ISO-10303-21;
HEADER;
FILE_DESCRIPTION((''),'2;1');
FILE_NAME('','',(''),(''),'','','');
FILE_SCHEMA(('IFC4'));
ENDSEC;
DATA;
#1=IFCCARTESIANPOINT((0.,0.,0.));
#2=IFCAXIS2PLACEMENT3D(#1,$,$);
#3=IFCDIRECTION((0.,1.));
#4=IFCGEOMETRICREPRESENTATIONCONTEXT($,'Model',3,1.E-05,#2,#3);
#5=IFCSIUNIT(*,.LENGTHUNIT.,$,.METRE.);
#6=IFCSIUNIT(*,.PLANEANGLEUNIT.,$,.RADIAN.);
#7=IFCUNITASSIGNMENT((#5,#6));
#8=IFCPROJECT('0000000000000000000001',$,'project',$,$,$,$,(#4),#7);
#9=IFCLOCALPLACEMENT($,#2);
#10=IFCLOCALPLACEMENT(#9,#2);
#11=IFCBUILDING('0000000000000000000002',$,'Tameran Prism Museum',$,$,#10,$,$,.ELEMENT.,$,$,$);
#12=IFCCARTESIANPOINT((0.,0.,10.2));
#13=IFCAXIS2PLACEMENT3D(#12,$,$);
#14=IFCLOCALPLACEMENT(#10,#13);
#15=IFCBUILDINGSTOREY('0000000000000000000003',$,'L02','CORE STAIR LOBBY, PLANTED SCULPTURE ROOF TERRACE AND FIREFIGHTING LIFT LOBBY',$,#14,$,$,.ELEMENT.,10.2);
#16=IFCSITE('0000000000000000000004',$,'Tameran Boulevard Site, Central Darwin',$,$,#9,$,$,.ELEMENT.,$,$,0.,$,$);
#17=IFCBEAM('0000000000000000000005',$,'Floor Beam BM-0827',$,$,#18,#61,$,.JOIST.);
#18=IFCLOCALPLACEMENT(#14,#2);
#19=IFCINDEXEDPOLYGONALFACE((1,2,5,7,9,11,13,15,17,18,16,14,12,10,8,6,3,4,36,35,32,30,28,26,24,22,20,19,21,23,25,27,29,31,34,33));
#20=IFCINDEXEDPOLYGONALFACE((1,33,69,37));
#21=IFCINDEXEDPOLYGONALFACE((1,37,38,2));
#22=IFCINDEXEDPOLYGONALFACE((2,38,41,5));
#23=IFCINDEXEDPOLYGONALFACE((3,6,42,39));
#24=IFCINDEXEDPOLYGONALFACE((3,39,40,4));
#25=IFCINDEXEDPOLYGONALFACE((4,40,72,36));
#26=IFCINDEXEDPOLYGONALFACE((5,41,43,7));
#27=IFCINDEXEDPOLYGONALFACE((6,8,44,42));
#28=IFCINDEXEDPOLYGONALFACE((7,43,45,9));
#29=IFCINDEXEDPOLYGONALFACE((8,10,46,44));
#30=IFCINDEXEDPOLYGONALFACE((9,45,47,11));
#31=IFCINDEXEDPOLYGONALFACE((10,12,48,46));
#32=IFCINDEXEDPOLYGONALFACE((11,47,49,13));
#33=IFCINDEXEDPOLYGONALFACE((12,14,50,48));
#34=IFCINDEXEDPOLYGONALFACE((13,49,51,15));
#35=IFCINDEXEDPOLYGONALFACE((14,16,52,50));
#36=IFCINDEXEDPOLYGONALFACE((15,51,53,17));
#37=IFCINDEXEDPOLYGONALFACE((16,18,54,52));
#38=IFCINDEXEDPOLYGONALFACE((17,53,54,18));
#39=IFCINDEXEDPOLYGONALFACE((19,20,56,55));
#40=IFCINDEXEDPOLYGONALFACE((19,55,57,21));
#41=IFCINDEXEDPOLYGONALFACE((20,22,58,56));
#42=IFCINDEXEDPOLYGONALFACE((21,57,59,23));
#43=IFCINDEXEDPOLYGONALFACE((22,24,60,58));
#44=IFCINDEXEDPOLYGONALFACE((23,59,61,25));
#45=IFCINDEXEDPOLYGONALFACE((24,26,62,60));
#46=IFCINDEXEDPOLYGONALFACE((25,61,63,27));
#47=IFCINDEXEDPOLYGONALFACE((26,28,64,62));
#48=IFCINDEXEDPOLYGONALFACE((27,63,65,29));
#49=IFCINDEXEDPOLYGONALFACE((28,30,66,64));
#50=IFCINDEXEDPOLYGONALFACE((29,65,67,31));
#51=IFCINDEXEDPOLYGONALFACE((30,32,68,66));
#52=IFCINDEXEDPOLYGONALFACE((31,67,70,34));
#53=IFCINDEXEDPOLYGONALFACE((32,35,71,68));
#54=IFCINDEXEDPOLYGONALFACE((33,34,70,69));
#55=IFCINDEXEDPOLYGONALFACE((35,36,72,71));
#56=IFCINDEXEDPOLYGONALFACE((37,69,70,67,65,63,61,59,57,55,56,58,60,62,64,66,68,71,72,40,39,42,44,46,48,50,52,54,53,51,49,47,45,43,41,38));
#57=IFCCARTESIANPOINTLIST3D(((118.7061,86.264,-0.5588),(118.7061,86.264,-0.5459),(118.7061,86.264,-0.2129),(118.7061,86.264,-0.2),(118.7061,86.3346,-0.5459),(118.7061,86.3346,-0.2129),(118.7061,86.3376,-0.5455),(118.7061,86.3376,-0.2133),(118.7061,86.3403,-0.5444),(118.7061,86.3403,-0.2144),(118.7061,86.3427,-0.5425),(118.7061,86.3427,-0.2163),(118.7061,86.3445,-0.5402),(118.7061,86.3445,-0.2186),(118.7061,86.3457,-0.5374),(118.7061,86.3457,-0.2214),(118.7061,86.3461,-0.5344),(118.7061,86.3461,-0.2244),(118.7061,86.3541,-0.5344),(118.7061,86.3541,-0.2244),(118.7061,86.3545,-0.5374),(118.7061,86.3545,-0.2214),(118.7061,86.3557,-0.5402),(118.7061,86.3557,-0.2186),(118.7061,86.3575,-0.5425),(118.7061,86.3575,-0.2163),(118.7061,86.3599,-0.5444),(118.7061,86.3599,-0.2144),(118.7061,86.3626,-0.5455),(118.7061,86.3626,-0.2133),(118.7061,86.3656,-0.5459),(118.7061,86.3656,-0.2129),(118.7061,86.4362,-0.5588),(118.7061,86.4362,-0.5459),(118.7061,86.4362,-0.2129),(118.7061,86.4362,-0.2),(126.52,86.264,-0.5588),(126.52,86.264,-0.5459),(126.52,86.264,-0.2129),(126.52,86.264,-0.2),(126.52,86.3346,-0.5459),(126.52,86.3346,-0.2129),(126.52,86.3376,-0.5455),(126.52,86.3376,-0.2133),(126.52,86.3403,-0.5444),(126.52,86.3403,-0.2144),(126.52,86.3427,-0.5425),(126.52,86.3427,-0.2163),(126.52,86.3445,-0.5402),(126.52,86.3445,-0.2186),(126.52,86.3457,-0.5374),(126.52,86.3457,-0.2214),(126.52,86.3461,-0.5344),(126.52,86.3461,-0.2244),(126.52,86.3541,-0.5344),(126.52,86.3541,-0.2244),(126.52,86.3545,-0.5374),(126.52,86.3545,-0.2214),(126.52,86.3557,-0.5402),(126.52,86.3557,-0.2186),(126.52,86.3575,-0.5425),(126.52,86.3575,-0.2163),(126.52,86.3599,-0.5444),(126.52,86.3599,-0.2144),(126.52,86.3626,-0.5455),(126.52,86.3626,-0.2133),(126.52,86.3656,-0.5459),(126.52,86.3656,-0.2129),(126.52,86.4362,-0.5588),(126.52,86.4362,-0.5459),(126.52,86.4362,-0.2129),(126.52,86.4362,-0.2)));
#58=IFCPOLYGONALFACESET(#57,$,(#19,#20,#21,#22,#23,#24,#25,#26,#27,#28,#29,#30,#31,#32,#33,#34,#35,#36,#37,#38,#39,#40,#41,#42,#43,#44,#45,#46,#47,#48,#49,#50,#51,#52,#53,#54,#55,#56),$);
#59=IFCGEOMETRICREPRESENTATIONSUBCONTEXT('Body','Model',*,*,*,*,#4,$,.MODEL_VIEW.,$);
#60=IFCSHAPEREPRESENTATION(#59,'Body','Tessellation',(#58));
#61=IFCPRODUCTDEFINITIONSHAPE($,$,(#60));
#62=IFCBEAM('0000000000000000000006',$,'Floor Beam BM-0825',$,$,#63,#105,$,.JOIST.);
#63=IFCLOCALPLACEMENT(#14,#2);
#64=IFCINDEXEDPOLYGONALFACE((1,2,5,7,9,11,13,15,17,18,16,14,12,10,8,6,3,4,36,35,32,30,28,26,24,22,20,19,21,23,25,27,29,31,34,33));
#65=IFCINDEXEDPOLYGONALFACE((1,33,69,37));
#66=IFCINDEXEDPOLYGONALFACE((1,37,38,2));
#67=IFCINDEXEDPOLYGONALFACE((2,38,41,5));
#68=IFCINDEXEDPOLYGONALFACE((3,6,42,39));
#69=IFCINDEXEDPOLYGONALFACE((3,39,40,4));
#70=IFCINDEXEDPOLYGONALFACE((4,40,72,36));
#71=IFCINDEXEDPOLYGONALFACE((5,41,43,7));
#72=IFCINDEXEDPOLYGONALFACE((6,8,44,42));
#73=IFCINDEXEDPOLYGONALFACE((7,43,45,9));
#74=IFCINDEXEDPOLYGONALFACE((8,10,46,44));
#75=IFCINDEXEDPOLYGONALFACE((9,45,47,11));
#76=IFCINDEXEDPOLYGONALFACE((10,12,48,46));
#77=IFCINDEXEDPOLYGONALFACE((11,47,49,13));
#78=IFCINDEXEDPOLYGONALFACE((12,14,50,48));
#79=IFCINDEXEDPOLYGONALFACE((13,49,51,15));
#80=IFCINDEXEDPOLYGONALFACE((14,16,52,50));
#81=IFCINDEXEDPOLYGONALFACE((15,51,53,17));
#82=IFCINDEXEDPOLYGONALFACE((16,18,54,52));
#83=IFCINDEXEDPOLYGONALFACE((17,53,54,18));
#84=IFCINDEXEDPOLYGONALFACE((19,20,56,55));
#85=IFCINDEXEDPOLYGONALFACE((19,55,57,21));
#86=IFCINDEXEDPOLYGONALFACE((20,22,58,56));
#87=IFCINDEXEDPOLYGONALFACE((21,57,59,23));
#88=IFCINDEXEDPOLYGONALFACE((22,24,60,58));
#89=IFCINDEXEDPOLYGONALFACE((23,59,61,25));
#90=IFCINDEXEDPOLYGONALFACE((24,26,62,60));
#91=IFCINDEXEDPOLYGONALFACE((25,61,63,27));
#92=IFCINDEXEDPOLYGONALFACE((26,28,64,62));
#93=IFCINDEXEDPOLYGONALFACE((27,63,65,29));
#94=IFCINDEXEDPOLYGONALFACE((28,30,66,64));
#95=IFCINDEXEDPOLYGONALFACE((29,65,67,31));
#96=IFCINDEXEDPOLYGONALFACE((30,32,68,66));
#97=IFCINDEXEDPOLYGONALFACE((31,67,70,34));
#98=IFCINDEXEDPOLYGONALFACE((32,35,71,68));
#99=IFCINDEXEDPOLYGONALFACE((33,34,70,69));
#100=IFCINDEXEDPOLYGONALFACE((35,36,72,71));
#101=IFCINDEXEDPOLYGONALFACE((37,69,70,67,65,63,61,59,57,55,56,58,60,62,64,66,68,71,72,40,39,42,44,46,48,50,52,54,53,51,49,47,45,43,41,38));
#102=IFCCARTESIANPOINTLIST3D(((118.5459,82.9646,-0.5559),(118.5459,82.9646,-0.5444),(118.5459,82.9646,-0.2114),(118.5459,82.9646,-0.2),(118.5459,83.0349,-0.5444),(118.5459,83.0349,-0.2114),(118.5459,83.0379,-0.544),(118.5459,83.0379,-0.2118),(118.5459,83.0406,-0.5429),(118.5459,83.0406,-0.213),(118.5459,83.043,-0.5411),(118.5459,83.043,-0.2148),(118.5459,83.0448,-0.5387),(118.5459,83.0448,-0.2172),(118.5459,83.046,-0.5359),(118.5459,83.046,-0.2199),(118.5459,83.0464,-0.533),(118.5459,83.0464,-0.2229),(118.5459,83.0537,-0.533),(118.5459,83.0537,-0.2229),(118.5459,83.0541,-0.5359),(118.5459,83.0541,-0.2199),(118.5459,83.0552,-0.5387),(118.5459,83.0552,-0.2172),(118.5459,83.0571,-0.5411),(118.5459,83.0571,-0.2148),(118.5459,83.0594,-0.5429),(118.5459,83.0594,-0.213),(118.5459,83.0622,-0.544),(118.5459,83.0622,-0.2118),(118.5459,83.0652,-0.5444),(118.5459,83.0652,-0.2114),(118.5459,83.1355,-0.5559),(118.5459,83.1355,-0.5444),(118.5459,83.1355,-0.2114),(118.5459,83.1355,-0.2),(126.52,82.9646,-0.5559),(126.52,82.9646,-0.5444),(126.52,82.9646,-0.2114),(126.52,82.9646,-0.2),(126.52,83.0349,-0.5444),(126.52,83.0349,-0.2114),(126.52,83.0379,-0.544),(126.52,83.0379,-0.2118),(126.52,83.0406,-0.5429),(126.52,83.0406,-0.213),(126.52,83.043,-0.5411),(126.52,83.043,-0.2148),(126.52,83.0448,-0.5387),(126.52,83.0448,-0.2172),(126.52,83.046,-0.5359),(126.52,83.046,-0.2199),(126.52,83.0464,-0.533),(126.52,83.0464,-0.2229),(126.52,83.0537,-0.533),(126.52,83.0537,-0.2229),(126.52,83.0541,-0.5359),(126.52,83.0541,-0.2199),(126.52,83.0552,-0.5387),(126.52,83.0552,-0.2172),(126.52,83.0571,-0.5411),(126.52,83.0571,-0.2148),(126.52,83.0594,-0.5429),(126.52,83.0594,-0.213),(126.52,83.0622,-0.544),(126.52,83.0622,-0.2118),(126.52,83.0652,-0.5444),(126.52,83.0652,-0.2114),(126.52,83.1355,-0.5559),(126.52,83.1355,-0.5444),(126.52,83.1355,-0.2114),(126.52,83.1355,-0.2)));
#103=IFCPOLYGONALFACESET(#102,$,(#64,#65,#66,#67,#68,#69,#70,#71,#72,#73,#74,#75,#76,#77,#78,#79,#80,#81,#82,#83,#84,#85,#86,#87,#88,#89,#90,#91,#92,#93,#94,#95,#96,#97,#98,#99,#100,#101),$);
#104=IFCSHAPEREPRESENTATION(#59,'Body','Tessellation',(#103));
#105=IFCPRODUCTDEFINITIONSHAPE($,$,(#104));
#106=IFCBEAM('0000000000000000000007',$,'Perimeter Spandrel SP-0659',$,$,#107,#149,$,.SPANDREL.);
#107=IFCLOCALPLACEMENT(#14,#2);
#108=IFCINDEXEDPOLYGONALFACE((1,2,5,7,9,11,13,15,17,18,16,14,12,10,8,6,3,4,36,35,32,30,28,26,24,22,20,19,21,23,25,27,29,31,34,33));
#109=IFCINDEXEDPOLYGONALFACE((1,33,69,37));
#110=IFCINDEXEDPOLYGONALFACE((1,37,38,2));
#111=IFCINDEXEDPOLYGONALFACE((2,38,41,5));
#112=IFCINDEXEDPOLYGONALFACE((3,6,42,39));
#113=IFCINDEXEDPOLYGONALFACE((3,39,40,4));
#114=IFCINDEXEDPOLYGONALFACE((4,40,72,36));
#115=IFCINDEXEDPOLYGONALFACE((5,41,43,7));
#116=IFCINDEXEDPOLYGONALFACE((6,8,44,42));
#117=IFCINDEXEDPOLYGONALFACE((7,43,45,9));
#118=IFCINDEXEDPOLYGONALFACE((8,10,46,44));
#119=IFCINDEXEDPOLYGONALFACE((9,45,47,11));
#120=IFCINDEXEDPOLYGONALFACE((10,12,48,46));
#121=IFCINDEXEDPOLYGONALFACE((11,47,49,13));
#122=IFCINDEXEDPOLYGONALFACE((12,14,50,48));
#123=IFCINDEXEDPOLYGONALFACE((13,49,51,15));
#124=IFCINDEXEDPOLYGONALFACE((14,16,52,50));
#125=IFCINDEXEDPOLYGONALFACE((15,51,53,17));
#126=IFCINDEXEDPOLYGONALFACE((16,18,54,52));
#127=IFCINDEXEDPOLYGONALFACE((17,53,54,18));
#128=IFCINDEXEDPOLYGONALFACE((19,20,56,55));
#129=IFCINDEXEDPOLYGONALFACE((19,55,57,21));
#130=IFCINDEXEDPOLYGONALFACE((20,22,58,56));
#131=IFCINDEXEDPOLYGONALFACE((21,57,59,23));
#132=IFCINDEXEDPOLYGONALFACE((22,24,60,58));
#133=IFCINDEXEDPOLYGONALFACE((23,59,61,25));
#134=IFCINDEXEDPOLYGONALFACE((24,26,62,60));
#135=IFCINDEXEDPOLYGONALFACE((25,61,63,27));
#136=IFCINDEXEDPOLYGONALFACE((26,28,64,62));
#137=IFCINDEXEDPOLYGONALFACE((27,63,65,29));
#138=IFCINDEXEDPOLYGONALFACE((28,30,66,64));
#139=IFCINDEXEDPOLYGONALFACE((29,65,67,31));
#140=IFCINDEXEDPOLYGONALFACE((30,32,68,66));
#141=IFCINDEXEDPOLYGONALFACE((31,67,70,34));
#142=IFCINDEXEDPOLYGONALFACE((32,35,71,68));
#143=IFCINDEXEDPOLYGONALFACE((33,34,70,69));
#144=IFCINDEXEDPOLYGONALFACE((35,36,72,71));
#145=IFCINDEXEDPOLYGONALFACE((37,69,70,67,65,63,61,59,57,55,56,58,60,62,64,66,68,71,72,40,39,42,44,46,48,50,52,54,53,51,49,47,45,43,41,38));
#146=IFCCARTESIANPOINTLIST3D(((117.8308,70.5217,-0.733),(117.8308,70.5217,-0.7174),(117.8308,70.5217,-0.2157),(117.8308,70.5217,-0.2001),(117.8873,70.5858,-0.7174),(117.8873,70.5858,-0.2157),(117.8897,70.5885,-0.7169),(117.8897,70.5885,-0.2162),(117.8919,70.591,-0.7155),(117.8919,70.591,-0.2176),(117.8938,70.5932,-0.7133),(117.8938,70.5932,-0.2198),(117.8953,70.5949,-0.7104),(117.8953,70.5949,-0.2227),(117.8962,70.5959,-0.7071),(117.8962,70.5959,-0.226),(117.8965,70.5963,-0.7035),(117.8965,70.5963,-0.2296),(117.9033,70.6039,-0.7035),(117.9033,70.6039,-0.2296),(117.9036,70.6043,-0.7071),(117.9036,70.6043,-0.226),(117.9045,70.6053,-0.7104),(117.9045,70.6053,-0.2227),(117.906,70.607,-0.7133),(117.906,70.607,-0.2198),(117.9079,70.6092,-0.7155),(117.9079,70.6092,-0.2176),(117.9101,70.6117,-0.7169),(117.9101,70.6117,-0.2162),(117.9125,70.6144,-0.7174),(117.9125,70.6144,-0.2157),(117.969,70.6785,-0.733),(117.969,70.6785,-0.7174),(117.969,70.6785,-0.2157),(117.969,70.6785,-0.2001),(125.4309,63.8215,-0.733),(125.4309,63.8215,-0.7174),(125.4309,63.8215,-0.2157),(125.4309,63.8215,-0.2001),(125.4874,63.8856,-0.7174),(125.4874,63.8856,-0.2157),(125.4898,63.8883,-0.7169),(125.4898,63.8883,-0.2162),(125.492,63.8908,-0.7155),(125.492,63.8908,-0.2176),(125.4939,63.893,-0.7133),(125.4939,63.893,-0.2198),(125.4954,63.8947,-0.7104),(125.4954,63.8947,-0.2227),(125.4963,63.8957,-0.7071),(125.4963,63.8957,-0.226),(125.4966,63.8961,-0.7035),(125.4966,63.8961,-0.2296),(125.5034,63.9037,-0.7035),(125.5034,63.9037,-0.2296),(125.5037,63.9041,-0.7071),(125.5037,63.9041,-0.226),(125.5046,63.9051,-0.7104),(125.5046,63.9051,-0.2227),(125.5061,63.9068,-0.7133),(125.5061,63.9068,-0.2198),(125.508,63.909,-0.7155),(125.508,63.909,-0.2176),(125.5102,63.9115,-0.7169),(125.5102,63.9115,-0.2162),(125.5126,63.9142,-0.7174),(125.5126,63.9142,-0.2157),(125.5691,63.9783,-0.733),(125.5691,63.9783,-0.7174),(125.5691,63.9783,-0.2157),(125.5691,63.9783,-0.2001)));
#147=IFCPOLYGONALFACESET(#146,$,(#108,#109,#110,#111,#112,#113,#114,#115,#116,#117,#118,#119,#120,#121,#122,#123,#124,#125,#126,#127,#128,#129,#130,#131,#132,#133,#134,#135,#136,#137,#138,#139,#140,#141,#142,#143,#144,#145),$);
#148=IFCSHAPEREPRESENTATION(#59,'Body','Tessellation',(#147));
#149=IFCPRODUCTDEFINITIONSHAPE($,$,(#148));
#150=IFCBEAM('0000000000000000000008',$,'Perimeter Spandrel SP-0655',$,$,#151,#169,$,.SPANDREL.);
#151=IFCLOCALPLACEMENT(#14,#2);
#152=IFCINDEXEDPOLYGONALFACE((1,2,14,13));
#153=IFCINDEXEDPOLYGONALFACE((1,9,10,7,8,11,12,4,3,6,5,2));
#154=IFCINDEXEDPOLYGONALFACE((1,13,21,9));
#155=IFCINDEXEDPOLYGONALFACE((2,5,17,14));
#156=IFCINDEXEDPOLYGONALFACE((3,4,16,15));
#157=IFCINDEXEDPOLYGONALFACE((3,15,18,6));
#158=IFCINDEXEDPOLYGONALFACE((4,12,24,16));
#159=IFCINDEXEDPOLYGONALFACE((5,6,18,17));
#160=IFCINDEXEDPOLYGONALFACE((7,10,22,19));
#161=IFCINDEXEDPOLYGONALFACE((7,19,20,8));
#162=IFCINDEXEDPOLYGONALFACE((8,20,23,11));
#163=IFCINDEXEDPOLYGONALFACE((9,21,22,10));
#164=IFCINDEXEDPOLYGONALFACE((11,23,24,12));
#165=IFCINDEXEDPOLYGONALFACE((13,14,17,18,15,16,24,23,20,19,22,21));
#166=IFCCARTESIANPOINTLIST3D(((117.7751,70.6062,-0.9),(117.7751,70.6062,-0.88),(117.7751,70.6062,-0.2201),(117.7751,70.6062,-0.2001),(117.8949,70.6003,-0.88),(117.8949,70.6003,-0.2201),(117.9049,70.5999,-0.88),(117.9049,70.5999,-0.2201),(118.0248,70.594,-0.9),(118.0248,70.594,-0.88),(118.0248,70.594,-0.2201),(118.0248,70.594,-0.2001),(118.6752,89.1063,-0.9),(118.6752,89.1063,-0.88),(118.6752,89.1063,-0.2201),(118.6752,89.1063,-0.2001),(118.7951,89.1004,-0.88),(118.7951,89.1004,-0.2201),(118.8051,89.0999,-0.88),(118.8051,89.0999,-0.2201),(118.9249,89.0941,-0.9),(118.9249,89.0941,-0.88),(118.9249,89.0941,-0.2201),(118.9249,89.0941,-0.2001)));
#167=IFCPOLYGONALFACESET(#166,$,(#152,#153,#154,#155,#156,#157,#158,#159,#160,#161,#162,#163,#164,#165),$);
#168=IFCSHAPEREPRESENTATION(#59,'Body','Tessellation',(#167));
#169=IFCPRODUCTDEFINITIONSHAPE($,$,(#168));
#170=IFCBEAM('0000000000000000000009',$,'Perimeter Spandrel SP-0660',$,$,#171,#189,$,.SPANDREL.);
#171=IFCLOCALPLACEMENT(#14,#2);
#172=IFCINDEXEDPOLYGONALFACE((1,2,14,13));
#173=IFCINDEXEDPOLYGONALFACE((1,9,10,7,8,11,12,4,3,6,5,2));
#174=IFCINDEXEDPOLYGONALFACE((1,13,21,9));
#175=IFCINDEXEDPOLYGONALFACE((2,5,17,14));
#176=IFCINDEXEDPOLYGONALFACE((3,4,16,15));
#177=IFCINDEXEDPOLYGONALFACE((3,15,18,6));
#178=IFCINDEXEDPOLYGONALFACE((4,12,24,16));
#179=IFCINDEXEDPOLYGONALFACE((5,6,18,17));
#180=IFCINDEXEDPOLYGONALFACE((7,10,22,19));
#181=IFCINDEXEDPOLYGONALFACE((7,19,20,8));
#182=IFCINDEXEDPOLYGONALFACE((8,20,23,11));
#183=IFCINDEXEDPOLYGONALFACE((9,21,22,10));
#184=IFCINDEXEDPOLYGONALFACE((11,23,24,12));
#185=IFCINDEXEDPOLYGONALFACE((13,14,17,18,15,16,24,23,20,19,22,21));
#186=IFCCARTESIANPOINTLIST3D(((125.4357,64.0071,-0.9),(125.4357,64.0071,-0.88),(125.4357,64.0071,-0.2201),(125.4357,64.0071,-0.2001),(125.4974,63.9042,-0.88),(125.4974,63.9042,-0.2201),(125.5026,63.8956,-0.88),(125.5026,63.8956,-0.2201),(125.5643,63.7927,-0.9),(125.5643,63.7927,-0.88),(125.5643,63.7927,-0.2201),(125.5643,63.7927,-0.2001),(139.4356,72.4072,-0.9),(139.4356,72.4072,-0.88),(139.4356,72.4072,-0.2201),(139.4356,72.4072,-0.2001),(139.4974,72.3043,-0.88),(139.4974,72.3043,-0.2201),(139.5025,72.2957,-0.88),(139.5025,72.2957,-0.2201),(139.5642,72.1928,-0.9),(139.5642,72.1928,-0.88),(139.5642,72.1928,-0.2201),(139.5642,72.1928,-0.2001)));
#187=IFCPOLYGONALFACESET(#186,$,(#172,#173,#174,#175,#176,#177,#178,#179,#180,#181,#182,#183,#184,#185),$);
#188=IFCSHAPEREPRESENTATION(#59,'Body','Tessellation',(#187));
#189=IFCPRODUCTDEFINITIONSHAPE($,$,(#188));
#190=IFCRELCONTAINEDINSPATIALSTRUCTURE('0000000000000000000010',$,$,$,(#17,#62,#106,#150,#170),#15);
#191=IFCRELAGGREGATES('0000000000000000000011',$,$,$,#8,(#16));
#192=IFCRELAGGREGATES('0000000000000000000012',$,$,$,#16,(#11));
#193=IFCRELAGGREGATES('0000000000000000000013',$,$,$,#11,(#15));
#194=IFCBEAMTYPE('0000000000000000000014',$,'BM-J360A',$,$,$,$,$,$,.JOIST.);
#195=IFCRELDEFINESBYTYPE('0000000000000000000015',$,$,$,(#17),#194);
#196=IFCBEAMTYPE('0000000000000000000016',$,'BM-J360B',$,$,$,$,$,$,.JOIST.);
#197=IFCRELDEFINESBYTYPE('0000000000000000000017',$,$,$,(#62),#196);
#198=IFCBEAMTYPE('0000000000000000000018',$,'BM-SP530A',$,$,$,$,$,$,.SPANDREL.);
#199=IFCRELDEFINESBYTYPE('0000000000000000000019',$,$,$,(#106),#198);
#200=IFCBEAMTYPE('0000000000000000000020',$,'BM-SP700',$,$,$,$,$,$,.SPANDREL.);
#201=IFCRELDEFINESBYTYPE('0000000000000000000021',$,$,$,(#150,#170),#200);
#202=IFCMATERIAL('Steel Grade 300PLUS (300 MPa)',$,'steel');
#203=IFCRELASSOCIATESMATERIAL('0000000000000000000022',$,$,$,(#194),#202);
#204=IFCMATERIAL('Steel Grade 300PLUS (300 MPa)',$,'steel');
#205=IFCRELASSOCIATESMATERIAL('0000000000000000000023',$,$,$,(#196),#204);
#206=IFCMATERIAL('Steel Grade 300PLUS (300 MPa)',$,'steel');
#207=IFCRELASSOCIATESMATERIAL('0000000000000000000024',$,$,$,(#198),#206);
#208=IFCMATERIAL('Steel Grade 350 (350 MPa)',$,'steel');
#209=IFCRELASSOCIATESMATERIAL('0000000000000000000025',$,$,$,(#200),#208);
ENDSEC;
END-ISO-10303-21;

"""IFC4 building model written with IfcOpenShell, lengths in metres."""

from ifc_helpers import new_model, si_unit, direction, frame, origin, origin_2d, place, context, subcontext, project, spatial, i_section, extrude, material, material_profile, profile_set, type_object, element, save


model = new_model("IFC4")

# Units and contexts
model_context = context("Model", 3, precision=1e-05, world=origin(), true_north=direction((0.0, 1.0)))
body_context = subcontext(model_context, "Body", "Model", "MODEL_VIEW")
ifc_project = project(units=[si_unit("LENGTHUNIT", "METRE"), si_unit("PLANEANGLEUNIT", "RADIAN")], contexts=[model_context])

# Site, building, storey
site_placement = place(None, origin())
site = spatial("IfcSite", under=ifc_project, at=site_placement, Name="Tameran Boulevard Site, Central Darwin", CompositionType="ELEMENT", RefElevation=0.0)
building_placement = place(site_placement, origin())
building = spatial("IfcBuilding", under=site, at=building_placement, Name="Tameran Prism Museum", CompositionType="ELEMENT")
storey_placement = place(building_placement, frame((0.0, 0.0, 10.2)))
storey = spatial("IfcBuildingStorey", under=building, at=storey_placement, Name="L02", Description="CORE STAIR LOBBY, PLANTED SCULPTURE ROOF TERRACE AND FIREFIGHTING LIFT LOBBY", CompositionType="ELEMENT", Elevation=10.2)

# Beams
ifc_material_1 = material(Name="Steel Grade 300PLUS (300 MPa)", Category="steel")
ifc_material_profile_1 = material_profile(ifc_material_1, i_section(OverallWidth=0.1721, OverallDepth=0.3589, WebThickness=0.0081, FlangeThickness=0.0129, FilletRadius=0.0115, at=origin_2d()))
ifc_profile_set_1 = profile_set([ifc_material_profile_1])
beam_type_1 = type_object("IfcBeamType", Name="BM-J360A", PredefinedType="JOIST", material=ifc_profile_set_1)
beam_1_placement = place(storey_placement, frame((118.7061, 86.3501, -0.3794), z_axis=(1.0, 0.0, 0.0), x_axis=(0.0, 1.0, 0.0)))
element("IfcBeam", 1, at=beam_1_placement, inside=storey, type_object=beam_type_1, Name="Floor Beam BM-0827", PredefinedType="JOIST", context=body_context, shape_type="SweptSolid", body=[
    extrude(i_section(OverallWidth=0.1721, OverallDepth=0.3589, WebThickness=0.0081, FlangeThickness=0.0129, FilletRadius=0.0115, at=origin_2d()), origin(), (0.0, 0.0, 1.0), 7.814),
])
ifc_material_2 = material(Name="Steel Grade 300PLUS (300 MPa)", Category="steel")
ifc_material_profile_2 = material_profile(ifc_material_2, i_section(OverallWidth=0.1709, OverallDepth=0.356, WebThickness=0.0073, FlangeThickness=0.0115, FilletRadius=0.0115, at=origin_2d()))
ifc_profile_set_2 = profile_set([ifc_material_profile_2])
beam_type_2 = type_object("IfcBeamType", Name="BM-J360B", PredefinedType="JOIST", material=ifc_profile_set_2)
beam_2_placement = place(storey_placement, frame((118.5459, 83.05, -0.3779), z_axis=(1.0, 0.0, 0.0), x_axis=(0.0, 1.0, 0.0)))
element("IfcBeam", 2, at=beam_2_placement, inside=storey, type_object=beam_type_2, Name="Floor Beam BM-0825", PredefinedType="JOIST", context=body_context, shape_type="SweptSolid", body=[
    extrude(i_section(OverallWidth=0.1709, OverallDepth=0.356, WebThickness=0.0073, FlangeThickness=0.0115, FilletRadius=0.0115, at=origin_2d()), origin(), (0.0, 0.0, 1.0), 7.9741),
])
ifc_material_3 = material(Name="Steel Grade 300PLUS (300 MPa)", Category="steel")
ifc_material_profile_3 = material_profile(ifc_material_3, i_section(OverallWidth=0.209, OverallDepth=0.533, WebThickness=0.0103, FlangeThickness=0.0156, FilletRadius=0.0139, at=origin_2d()))
ifc_profile_set_3 = profile_set([ifc_material_profile_3])
beam_type_3 = type_object("IfcBeamType", Name="BM-SP530A", PredefinedType="SPANDREL", material=ifc_profile_set_3)
beam_3_placement = place(storey_placement, frame((117.8999, 70.6001, -0.4666), z_axis=(0.75012, -0.661301, 0.0), x_axis=(0.661301, 0.75012, 0.0)))
element("IfcBeam", 3, at=beam_3_placement, inside=storey, type_object=beam_type_3, Name="Perimeter Spandrel SP-0659", PredefinedType="SPANDREL", context=body_context, shape_type="SweptSolid", body=[
    extrude(i_section(OverallWidth=0.209, OverallDepth=0.533, WebThickness=0.0103, FlangeThickness=0.0156, FilletRadius=0.0139, at=origin_2d()), origin(), (0.0, 0.0, 1.0), 10.1318),
])
ifc_material_4 = material(Name="Steel Grade 350 (350 MPa)", Category="steel")
ifc_material_profile_4 = material_profile(ifc_material_4, i_section(OverallWidth=0.25, OverallDepth=0.7, WebThickness=0.01, FlangeThickness=0.02, at=origin_2d()))
ifc_profile_set_4 = profile_set([ifc_material_profile_4])
beam_type_4 = type_object("IfcBeamType", Name="BM-SP700", PredefinedType="SPANDREL", material=ifc_profile_set_4)
beam_4_placement = place(storey_placement, frame((117.8999, 70.6001, -0.55), z_axis=(0.048599, 0.998818, 0.0), x_axis=(-0.998818, 0.048599, 0.0)))
element("IfcBeam", 4, at=beam_4_placement, inside=storey, type_object=beam_type_4, Name="Perimeter Spandrel SP-0655", PredefinedType="SPANDREL", context=body_context, shape_type="SweptSolid", body=[
    extrude(i_section(OverallWidth=0.25, OverallDepth=0.7, WebThickness=0.01, FlangeThickness=0.02, at=origin_2d()), origin(), (0.0, 0.0, 1.0), 18.522),
])
beam_5_placement = place(storey_placement, frame((125.5, 63.8999, -0.55), z_axis=(0.857489, 0.514502, 0.0), x_axis=(-0.514502, 0.857489, 0.0)))
element("IfcBeam", 5, at=beam_5_placement, inside=storey, type_object=beam_type_4, Name="Perimeter Spandrel SP-0660", PredefinedType="SPANDREL", context=body_context, shape_type="SweptSolid", body=[
    extrude(i_section(OverallWidth=0.25, OverallDepth=0.7, WebThickness=0.01, FlangeThickness=0.02, at=origin_2d()), origin(), (0.0, 0.0, 1.0), 16.3267),
])

save(model, "model.ifc")
